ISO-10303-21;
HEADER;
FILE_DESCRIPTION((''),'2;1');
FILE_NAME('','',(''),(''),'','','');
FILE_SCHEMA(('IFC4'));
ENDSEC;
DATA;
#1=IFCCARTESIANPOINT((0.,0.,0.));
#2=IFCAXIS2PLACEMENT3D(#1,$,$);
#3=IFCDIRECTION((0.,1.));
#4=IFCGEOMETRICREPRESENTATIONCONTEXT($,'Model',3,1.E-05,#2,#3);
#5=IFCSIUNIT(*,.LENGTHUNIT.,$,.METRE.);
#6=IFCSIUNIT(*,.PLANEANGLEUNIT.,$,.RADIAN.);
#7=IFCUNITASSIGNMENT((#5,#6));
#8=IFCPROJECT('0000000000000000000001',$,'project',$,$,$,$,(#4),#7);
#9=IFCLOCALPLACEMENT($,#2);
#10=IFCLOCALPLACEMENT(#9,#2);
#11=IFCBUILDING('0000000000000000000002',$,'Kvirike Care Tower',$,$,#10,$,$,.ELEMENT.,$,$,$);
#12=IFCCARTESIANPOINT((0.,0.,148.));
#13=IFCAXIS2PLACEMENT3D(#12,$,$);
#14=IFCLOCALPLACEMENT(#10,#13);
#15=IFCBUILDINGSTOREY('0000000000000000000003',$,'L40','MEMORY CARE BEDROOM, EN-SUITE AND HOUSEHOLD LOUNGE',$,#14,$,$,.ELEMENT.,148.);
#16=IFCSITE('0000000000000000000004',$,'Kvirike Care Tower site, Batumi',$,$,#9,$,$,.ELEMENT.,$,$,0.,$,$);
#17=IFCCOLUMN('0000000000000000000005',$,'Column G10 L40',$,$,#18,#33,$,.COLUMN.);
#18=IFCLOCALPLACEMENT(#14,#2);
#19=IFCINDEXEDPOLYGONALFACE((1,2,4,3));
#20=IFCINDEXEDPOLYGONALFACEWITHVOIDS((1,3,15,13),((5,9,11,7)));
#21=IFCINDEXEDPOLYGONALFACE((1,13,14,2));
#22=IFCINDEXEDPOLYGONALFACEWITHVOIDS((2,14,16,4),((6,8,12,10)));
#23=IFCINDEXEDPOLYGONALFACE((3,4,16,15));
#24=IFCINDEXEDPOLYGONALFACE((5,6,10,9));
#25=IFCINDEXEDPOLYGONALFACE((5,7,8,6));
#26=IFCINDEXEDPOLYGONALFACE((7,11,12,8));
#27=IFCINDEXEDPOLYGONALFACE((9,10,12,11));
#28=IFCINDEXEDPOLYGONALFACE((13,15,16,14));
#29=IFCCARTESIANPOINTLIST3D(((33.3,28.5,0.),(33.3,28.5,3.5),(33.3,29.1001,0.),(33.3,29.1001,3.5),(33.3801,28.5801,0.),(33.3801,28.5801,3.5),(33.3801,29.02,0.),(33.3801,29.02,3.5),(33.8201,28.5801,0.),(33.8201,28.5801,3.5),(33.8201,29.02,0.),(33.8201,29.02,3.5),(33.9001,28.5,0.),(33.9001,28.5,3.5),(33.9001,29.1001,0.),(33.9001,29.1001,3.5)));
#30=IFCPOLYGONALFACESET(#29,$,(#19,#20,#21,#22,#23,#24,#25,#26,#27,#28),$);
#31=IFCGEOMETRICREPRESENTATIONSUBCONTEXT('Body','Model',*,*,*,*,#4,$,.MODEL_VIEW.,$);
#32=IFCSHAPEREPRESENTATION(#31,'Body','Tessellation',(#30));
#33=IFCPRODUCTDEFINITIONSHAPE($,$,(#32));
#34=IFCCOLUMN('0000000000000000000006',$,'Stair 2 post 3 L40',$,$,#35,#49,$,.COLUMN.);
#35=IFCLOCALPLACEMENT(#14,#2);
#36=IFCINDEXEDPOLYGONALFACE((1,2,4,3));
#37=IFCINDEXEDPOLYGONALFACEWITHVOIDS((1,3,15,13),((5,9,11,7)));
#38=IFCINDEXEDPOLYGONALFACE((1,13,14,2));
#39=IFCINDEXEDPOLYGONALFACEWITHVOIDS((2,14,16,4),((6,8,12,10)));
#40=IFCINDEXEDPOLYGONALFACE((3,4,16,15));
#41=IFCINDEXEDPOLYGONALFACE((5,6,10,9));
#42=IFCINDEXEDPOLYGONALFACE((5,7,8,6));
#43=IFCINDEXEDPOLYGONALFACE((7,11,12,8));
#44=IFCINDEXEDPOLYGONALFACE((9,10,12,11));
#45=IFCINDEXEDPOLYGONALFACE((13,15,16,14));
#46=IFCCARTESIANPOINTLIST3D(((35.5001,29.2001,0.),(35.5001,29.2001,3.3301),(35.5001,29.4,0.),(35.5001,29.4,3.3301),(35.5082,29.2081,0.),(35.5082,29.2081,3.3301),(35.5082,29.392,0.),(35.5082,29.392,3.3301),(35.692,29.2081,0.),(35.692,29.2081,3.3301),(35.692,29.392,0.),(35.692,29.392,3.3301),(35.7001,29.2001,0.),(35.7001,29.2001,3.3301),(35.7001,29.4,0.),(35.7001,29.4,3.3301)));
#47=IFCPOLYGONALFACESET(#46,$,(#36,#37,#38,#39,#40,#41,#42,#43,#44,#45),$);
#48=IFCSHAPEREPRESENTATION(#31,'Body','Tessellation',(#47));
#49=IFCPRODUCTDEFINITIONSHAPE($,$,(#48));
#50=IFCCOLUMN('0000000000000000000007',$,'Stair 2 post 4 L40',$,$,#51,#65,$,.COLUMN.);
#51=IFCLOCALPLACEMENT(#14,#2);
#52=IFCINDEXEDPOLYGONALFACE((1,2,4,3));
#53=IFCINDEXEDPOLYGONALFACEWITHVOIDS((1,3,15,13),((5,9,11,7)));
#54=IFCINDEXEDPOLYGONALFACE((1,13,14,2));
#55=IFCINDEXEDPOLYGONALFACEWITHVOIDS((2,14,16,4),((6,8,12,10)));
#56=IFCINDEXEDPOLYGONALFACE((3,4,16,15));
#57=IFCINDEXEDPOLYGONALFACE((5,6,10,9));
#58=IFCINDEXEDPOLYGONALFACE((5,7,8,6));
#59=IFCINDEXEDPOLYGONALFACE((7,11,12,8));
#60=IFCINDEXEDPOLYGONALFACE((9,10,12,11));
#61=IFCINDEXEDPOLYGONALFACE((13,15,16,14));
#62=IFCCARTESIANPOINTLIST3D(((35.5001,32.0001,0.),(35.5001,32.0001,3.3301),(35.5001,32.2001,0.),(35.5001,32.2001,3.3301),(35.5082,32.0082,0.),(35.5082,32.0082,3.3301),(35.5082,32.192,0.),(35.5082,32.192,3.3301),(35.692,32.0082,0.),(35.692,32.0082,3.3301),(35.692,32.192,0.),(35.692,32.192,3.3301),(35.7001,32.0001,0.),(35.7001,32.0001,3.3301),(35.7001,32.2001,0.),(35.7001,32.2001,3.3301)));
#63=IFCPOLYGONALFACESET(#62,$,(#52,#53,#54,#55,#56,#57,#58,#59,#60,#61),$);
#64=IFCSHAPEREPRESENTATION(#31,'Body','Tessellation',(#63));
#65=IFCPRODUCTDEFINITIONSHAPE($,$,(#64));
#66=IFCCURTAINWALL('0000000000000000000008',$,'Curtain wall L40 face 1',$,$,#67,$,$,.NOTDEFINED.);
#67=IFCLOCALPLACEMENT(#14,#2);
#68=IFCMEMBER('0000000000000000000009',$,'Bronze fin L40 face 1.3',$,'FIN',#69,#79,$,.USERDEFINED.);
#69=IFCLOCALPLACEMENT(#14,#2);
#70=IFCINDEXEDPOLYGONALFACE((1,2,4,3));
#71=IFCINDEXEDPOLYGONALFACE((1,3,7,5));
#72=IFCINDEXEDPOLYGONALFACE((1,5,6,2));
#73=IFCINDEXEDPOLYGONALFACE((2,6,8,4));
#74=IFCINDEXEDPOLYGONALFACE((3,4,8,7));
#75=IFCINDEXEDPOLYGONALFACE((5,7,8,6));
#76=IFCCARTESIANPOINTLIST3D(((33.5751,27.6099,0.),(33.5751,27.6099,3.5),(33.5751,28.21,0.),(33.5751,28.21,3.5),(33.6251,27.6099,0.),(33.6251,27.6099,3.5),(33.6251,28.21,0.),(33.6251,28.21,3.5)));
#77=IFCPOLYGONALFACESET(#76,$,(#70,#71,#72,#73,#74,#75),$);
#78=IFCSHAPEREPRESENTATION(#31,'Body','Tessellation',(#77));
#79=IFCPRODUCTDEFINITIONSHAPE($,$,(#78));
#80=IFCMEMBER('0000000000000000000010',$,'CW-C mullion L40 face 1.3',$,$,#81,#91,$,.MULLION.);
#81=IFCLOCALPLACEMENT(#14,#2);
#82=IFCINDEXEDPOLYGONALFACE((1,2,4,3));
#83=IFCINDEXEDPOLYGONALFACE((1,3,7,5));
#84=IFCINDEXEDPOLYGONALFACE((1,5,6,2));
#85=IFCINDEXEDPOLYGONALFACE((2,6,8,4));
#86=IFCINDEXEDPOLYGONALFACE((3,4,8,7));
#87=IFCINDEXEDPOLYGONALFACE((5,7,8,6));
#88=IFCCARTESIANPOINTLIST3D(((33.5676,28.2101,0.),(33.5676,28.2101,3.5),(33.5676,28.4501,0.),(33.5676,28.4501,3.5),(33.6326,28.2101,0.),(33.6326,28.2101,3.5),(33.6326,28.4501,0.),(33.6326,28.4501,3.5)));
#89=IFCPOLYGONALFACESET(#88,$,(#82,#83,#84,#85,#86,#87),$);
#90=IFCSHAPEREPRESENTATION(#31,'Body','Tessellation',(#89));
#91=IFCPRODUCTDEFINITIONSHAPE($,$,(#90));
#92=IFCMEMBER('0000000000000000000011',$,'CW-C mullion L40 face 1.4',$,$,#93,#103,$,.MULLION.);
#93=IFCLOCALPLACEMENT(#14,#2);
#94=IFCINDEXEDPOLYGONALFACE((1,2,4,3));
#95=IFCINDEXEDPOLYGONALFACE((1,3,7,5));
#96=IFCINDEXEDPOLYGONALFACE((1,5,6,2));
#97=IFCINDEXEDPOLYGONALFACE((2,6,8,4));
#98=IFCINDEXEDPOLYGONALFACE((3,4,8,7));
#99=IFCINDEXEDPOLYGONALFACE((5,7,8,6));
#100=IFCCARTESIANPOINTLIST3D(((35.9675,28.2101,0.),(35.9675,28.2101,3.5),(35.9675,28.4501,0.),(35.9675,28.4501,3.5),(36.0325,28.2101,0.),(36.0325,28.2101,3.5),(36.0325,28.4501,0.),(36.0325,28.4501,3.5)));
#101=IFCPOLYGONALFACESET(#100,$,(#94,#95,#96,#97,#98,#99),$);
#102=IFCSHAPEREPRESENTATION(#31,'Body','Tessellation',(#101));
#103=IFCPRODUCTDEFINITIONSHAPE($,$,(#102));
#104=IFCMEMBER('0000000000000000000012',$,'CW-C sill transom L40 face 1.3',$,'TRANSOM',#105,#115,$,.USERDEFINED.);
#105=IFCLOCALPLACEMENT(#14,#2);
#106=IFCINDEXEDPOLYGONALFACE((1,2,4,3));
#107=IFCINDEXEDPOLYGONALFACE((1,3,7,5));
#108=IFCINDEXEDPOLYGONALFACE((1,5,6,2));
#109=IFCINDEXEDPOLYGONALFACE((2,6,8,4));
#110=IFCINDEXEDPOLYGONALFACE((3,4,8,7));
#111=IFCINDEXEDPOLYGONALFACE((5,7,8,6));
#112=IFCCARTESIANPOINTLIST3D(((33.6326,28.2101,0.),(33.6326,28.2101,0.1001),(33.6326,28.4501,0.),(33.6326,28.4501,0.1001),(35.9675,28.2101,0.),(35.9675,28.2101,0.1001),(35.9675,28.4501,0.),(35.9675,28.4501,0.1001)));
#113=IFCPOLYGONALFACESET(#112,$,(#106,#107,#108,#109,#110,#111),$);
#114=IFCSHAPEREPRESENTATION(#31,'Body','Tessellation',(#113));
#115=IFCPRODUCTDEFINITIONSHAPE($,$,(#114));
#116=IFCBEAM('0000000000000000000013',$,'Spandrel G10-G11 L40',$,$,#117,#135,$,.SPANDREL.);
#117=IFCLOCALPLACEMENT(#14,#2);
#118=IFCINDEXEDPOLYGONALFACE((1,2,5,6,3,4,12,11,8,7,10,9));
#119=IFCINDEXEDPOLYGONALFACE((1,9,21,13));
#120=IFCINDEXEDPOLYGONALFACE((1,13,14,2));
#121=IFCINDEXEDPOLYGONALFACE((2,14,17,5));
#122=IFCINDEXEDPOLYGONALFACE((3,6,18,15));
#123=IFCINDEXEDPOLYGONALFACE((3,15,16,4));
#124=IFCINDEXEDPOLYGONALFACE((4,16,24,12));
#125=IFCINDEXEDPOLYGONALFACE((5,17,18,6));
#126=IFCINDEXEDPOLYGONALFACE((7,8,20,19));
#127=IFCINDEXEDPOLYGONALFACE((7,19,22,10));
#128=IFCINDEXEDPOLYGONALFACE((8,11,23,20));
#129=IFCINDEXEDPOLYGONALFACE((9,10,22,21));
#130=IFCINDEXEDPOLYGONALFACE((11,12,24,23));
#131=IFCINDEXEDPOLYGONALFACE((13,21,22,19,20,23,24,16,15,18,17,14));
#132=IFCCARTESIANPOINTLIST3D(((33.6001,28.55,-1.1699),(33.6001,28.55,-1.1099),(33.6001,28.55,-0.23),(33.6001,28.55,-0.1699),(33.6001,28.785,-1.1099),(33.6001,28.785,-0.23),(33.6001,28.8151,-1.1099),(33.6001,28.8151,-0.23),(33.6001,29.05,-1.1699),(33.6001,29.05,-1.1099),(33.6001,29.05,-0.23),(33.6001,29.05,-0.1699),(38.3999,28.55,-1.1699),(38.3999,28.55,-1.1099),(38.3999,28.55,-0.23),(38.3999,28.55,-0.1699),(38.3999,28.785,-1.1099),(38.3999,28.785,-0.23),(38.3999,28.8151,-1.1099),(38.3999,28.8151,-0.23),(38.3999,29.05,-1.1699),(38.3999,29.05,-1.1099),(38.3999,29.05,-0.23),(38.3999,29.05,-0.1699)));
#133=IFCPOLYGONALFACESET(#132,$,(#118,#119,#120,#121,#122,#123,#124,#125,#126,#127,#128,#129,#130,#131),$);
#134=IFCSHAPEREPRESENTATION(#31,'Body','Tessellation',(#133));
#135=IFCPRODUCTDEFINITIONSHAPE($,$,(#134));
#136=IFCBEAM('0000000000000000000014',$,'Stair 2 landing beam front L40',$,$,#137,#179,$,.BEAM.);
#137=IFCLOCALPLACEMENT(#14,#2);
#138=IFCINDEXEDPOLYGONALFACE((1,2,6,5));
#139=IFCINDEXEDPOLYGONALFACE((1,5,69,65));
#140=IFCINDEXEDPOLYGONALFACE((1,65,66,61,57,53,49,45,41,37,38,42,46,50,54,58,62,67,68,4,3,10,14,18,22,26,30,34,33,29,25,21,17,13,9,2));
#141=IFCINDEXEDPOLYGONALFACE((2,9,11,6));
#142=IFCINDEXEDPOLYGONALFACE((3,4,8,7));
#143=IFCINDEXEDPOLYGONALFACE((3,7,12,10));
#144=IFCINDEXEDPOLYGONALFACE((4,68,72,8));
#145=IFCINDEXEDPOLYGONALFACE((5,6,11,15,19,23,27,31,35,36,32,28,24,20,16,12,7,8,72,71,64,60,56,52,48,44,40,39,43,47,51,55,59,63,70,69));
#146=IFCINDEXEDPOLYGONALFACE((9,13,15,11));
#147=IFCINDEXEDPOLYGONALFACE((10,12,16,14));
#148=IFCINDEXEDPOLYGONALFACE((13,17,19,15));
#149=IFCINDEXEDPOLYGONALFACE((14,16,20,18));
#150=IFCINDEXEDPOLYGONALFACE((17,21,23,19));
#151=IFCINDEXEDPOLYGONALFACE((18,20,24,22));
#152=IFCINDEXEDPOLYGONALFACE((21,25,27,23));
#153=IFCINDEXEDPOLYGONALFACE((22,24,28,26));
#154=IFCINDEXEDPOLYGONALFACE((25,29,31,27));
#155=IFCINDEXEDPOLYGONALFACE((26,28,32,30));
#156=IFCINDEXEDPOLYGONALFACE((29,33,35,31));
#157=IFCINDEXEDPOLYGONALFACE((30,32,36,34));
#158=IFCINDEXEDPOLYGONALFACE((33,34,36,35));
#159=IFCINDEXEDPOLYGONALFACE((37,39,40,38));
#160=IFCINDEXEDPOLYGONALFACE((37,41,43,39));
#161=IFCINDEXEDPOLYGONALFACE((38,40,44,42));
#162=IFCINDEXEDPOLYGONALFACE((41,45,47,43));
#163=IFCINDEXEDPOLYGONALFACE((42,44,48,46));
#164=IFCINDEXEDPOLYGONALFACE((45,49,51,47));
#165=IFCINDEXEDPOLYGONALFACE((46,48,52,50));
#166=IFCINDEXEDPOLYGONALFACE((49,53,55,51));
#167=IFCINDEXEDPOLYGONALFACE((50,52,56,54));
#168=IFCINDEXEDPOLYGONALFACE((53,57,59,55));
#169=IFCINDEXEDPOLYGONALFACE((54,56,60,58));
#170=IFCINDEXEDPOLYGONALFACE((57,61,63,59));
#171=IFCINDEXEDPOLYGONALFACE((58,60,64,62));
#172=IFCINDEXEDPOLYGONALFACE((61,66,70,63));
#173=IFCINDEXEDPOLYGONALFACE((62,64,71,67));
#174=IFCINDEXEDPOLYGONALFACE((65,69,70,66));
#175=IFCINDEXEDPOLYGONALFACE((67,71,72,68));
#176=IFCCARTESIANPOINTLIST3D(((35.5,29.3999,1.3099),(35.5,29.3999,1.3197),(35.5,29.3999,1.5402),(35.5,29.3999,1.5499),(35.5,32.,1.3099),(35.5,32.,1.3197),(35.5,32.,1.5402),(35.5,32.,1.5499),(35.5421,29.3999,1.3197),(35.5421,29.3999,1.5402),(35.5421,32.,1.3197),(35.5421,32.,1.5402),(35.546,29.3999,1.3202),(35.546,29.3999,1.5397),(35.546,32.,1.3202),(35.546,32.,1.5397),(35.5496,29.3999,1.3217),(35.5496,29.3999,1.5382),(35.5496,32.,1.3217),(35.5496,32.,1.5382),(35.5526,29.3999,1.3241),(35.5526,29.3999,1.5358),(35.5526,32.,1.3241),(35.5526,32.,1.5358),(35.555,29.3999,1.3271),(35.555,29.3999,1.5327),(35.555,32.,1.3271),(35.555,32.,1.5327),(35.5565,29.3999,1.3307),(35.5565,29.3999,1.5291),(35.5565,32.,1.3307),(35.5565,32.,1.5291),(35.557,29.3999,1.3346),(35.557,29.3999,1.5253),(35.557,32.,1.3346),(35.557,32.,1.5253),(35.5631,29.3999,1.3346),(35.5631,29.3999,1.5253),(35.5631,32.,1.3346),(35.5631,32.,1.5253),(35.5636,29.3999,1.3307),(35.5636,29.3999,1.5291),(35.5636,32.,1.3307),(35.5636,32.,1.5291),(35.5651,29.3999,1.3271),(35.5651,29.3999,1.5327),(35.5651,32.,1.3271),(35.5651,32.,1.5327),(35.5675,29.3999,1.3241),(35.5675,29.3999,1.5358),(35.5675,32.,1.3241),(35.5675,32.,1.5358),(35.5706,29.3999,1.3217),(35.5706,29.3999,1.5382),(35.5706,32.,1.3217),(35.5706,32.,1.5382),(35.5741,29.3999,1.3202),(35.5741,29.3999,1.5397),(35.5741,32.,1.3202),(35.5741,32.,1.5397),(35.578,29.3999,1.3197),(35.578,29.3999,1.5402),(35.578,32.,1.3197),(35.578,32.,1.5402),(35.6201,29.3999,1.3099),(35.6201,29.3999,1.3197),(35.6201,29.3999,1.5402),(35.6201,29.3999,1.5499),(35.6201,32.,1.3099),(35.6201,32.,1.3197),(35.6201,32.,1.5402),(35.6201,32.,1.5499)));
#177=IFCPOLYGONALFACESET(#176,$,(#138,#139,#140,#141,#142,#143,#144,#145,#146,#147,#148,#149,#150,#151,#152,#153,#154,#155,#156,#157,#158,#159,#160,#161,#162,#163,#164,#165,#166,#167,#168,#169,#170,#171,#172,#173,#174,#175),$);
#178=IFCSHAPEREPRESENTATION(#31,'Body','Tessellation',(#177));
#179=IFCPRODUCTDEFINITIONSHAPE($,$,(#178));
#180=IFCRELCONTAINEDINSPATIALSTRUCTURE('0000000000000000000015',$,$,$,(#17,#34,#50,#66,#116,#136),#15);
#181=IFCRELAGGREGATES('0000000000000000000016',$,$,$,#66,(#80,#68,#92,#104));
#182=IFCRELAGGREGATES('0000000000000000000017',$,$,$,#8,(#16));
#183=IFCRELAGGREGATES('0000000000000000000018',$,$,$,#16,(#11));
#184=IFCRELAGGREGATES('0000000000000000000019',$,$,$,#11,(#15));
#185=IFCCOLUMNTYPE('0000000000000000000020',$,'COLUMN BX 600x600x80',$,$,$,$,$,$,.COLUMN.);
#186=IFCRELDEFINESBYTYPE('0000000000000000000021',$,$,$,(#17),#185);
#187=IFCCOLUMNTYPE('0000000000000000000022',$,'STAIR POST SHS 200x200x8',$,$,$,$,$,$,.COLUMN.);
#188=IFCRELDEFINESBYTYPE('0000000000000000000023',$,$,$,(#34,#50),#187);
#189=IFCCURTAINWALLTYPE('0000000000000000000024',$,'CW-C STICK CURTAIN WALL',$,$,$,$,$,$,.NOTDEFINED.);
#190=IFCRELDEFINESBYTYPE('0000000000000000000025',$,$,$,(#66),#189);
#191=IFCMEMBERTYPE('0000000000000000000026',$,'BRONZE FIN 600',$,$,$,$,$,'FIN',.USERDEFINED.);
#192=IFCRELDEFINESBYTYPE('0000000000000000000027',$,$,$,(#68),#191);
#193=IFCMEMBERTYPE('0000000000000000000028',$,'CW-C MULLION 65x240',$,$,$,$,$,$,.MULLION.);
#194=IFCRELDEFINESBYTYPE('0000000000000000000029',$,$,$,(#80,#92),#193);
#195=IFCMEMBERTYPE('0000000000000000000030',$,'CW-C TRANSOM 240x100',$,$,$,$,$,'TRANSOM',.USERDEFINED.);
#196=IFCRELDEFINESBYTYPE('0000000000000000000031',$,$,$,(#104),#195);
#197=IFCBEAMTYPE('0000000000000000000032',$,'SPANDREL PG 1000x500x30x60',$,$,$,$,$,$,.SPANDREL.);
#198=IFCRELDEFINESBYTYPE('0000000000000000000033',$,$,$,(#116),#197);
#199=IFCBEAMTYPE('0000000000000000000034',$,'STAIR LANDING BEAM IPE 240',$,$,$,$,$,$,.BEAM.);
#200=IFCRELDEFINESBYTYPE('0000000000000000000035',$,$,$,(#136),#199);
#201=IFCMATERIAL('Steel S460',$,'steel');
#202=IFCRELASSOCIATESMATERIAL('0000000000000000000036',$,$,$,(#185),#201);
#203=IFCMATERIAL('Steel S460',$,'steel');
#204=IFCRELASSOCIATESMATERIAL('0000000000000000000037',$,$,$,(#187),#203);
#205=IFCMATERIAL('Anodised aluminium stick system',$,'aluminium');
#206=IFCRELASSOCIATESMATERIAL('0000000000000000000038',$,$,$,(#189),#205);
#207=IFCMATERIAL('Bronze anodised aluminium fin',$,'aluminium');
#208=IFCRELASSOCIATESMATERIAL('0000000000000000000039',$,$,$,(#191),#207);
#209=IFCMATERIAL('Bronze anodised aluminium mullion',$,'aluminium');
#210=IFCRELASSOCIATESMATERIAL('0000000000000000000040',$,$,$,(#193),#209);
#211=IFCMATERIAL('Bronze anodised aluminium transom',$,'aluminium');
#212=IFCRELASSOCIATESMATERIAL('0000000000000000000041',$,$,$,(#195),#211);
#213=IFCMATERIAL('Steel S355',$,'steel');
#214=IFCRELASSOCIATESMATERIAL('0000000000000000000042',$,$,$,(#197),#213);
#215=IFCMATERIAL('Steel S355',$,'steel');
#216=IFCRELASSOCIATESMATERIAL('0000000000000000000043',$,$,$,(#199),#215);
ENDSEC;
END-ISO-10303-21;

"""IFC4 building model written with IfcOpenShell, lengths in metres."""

from ifc_helpers import new_model, si_unit, direction, frame, origin, origin_2d, place, context, subcontext, project, spatial, rectangle, hollow_rectangle, i_section, extrude, material, material_profile, profile_set, type_object, element, aggregate, save


model = new_model("IFC4")

# Units and contexts
model_context = context("Model", 3, precision=1e-05, world=origin(), true_north=direction((0.0, 1.0)))
body_context = subcontext(model_context, "Body", "Model", "MODEL_VIEW")
ifc_project = project(units=[si_unit("LENGTHUNIT", "METRE"), si_unit("PLANEANGLEUNIT", "RADIAN")], contexts=[model_context])

# Site, building, storey
site_placement = place(None, origin())
site = spatial("IfcSite", under=ifc_project, at=site_placement, Name="Kvirike Care Tower site, Batumi", CompositionType="ELEMENT", RefElevation=0.0)
building_placement = place(site_placement, origin())
building = spatial("IfcBuilding", under=site, at=building_placement, Name="Kvirike Care Tower", CompositionType="ELEMENT")
storey_placement = place(building_placement, frame((0.0, 0.0, 148.0)))
storey = spatial("IfcBuildingStorey", under=building, at=storey_placement, Name="L40", Description="MEMORY CARE BEDROOM, EN-SUITE AND HOUSEHOLD LOUNGE", CompositionType="ELEMENT", Elevation=148.0)

# Columns
ifc_material_1 = material(Name="Steel S460", Category="steel")
ifc_material_profile_1 = material_profile(ifc_material_1, hollow_rectangle(XDim=0.6001, YDim=0.6001, WallThickness=0.0801, at=origin_2d()), Name="BX 600x600x80")
ifc_profile_set_1 = profile_set([ifc_material_profile_1], Name="Steel S460")
column_type_1 = type_object("IfcColumnType", Name="COLUMN BX 600x600x80", PredefinedType="COLUMN", material=ifc_profile_set_1)
column_placement = place(storey_placement, frame((33.6001, 28.8, 0.0), z_axis=(0.0, 0.0, 1.0), x_axis=(0.0, 1.0, 0.0)))
element("IfcColumn", 1, at=column_placement, inside=storey, type_object=column_type_1, Name="Column G10 L40", PredefinedType="COLUMN", context=body_context, shape_type="SweptSolid", body=[
    extrude(hollow_rectangle(XDim=0.6001, YDim=0.6001, WallThickness=0.0801, at=origin_2d()), origin(), (0.0, 0.0, 1.0), 3.5),
])
ifc_material_2 = material(Name="Steel S460", Category="steel")
ifc_material_profile_2 = material_profile(ifc_material_2, hollow_rectangle(XDim=0.2, YDim=0.2, WallThickness=0.0081, at=origin_2d()), Name="SHS 200x200x8")
ifc_profile_set_2 = profile_set([ifc_material_profile_2], Name="Steel S460")
column_type_2 = type_object("IfcColumnType", Name="STAIR POST SHS 200x200x8", PredefinedType="COLUMN", material=ifc_profile_set_2)
for number, where, z_axis, x_axis, name in (
    (2, (35.6001, 29.3, 0.0), (0.0, 0.0, 1.0), (1.0, 0.0, 0.0), "Stair 2 post 3 L40"),
    (3, (35.6001, 32.1001, 0.0), (0.0, 0.0, 1.0), (1.0, 0.0, 0.0), "Stair 2 post 4 L40"),
):
    element("IfcColumn", number, at=place(storey_placement, frame(where, z_axis=z_axis, x_axis=x_axis)), inside=storey, type_object=column_type_2, Name=name, PredefinedType="COLUMN", context=body_context, shape_type="SweptSolid", body=[
        extrude(hollow_rectangle(XDim=0.2, YDim=0.2, WallThickness=0.0081, at=origin_2d()), origin(), (0.0, 0.0, 1.0), 3.3301),
    ])

# Curtain wall, members
ifc_material_3 = material(Name="Anodised aluminium stick system", Category="aluminium")
curtain_wall_type = type_object("IfcCurtainWallType", Name="CW-C STICK CURTAIN WALL", PredefinedType="NOTDEFINED", material=ifc_material_3)
curtain_wall_placement = place(storey_placement, origin())
curtain_wall = element("IfcCurtainWall", 4, at=curtain_wall_placement, inside=storey, type_object=curtain_wall_type, Name="Curtain wall L40 face 1", PredefinedType="NOTDEFINED")
ifc_material_4 = material(Name="Bronze anodised aluminium fin", Category="aluminium")
ifc_material_profile_3 = material_profile(ifc_material_4, rectangle(XDim=0.05, YDim=0.6001, at=origin_2d()), Name="BRONZE FIN 600")
ifc_profile_set_3 = profile_set([ifc_material_profile_3], Name="Bronze anodised aluminium fin")
member_type_1 = type_object("IfcMemberType", Name="BRONZE FIN 600", ElementType="FIN", PredefinedType="USERDEFINED", material=ifc_profile_set_3)
member_1_placement = place(storey_placement, frame((33.6001, 27.9099, 0.0), z_axis=(0.0, 0.0, 1.0), x_axis=(1.0, 0.0, 0.0)))
member_1 = element("IfcMember", 5, at=member_1_placement, type_object=member_type_1, Name="Bronze fin L40 face 1.3", ObjectType="FIN", PredefinedType="USERDEFINED", context=body_context, shape_type="SweptSolid", body=[
    extrude(rectangle(XDim=0.05, YDim=0.6001, at=origin_2d()), origin(), (0.0, 0.0, 1.0), 3.5),
])
ifc_material_5 = material(Name="Bronze anodised aluminium mullion", Category="aluminium")
ifc_material_profile_4 = material_profile(ifc_material_5, rectangle(XDim=0.0649, YDim=0.24, at=origin_2d()), Name="CW-C MULLION 65x240")
ifc_profile_set_4 = profile_set([ifc_material_profile_4], Name="Bronze anodised aluminium mullion")
member_type_2 = type_object("IfcMemberType", Name="CW-C MULLION 65x240", PredefinedType="MULLION", material=ifc_profile_set_4)
member_2_placement = place(storey_placement, frame((33.6001, 28.3301, 0.0), z_axis=(0.0, 0.0, 1.0), x_axis=(1.0, 0.0, 0.0)))
member_2 = element("IfcMember", 6, at=member_2_placement, type_object=member_type_2, Name="CW-C mullion L40 face 1.3", PredefinedType="MULLION", context=body_context, shape_type="SweptSolid", body=[
    extrude(rectangle(XDim=0.0649, YDim=0.24, at=origin_2d()), origin(), (0.0, 0.0, 1.0), 3.5),
])
member_3_placement = place(storey_placement, frame((36.0, 28.3301, 0.0), z_axis=(0.0, 0.0, 1.0), x_axis=(1.0, 0.0, 0.0)))
member_3 = element("IfcMember", 7, at=member_3_placement, type_object=member_type_2, Name="CW-C mullion L40 face 1.4", PredefinedType="MULLION", context=body_context, shape_type="SweptSolid", body=[
    extrude(rectangle(XDim=0.0649, YDim=0.24, at=origin_2d()), origin(), (0.0, 0.0, 1.0), 3.5),
])
ifc_material_6 = material(Name="Bronze anodised aluminium transom", Category="aluminium")
ifc_material_profile_5 = material_profile(ifc_material_6, rectangle(XDim=0.24, YDim=0.1001, at=origin_2d()), Name="CW-C TRANSOM 240x100")
ifc_profile_set_5 = profile_set([ifc_material_profile_5], Name="Bronze anodised aluminium transom")
member_type_3 = type_object("IfcMemberType", Name="CW-C TRANSOM 240x100", ElementType="TRANSOM", PredefinedType="USERDEFINED", material=ifc_profile_set_5)
member_4_placement = place(storey_placement, frame((33.6326, 28.3301, 0.05), z_axis=(1.0, 0.0, 0.0), x_axis=(0.0, 1.0, 0.0)))
member_4 = element("IfcMember", 8, at=member_4_placement, type_object=member_type_3, Name="CW-C sill transom L40 face 1.3", ObjectType="TRANSOM", PredefinedType="USERDEFINED", context=body_context, shape_type="SweptSolid", body=[
    extrude(rectangle(XDim=0.24, YDim=0.1001, at=origin_2d()), origin(), (0.0, 0.0, 1.0), 2.335),
])

# Beams
ifc_material_7 = material(Name="Steel S355", Category="steel")
ifc_material_profile_6 = material_profile(ifc_material_7, i_section(OverallWidth=0.5, OverallDepth=1.0, WebThickness=0.03, FlangeThickness=0.0601, at=origin_2d()), Name="PG 1000x500x30x60")
ifc_profile_set_6 = profile_set([ifc_material_profile_6], Name="Steel S355")
beam_type_1 = type_object("IfcBeamType", Name="SPANDREL PG 1000x500x30x60", PredefinedType="SPANDREL", material=ifc_profile_set_6)
beam_1_placement = place(storey_placement, frame((33.6001, 28.8, -0.6699), z_axis=(1.0, 0.0, 0.0), x_axis=(0.0, 1.0, 0.0)))
element("IfcBeam", 9, at=beam_1_placement, inside=storey, type_object=beam_type_1, Name="Spandrel G10-G11 L40", PredefinedType="SPANDREL", context=body_context, shape_type="SweptSolid", body=[
    extrude(i_section(OverallWidth=0.5, OverallDepth=1.0, WebThickness=0.03, FlangeThickness=0.0601, at=origin_2d()), origin(), (0.0, 0.0, 1.0), 4.7998),
])
ifc_material_8 = material(Name="Steel S355", Category="steel")
ifc_material_profile_7 = material_profile(ifc_material_8, i_section(OverallWidth=0.1201, OverallDepth=0.24, WebThickness=0.0061, FlangeThickness=0.0098, FilletRadius=0.0149, at=origin_2d()), Name="IPE 240")
ifc_profile_set_7 = profile_set([ifc_material_profile_7], Name="Steel S355")
beam_type_2 = type_object("IfcBeamType", Name="STAIR LANDING BEAM IPE 240", PredefinedType="BEAM", material=ifc_profile_set_7)
beam_2_placement = place(storey_placement, frame((35.5601, 29.3999, 1.4299), z_axis=(0.0, 1.0, 0.0), x_axis=(-1.0, 0.0, 0.0)))
element("IfcBeam", 10, at=beam_2_placement, inside=storey, type_object=beam_type_2, Name="Stair 2 landing beam front L40", PredefinedType="BEAM", context=body_context, shape_type="SweptSolid", body=[
    extrude(i_section(OverallWidth=0.1201, OverallDepth=0.24, WebThickness=0.0061, FlangeThickness=0.0098, FilletRadius=0.0149, at=origin_2d()), origin(), (0.0, 0.0, 1.0), 2.6001),
])

aggregate(curtain_wall, [member_2, member_1, member_3, member_4])

save(model, "model.ifc")
